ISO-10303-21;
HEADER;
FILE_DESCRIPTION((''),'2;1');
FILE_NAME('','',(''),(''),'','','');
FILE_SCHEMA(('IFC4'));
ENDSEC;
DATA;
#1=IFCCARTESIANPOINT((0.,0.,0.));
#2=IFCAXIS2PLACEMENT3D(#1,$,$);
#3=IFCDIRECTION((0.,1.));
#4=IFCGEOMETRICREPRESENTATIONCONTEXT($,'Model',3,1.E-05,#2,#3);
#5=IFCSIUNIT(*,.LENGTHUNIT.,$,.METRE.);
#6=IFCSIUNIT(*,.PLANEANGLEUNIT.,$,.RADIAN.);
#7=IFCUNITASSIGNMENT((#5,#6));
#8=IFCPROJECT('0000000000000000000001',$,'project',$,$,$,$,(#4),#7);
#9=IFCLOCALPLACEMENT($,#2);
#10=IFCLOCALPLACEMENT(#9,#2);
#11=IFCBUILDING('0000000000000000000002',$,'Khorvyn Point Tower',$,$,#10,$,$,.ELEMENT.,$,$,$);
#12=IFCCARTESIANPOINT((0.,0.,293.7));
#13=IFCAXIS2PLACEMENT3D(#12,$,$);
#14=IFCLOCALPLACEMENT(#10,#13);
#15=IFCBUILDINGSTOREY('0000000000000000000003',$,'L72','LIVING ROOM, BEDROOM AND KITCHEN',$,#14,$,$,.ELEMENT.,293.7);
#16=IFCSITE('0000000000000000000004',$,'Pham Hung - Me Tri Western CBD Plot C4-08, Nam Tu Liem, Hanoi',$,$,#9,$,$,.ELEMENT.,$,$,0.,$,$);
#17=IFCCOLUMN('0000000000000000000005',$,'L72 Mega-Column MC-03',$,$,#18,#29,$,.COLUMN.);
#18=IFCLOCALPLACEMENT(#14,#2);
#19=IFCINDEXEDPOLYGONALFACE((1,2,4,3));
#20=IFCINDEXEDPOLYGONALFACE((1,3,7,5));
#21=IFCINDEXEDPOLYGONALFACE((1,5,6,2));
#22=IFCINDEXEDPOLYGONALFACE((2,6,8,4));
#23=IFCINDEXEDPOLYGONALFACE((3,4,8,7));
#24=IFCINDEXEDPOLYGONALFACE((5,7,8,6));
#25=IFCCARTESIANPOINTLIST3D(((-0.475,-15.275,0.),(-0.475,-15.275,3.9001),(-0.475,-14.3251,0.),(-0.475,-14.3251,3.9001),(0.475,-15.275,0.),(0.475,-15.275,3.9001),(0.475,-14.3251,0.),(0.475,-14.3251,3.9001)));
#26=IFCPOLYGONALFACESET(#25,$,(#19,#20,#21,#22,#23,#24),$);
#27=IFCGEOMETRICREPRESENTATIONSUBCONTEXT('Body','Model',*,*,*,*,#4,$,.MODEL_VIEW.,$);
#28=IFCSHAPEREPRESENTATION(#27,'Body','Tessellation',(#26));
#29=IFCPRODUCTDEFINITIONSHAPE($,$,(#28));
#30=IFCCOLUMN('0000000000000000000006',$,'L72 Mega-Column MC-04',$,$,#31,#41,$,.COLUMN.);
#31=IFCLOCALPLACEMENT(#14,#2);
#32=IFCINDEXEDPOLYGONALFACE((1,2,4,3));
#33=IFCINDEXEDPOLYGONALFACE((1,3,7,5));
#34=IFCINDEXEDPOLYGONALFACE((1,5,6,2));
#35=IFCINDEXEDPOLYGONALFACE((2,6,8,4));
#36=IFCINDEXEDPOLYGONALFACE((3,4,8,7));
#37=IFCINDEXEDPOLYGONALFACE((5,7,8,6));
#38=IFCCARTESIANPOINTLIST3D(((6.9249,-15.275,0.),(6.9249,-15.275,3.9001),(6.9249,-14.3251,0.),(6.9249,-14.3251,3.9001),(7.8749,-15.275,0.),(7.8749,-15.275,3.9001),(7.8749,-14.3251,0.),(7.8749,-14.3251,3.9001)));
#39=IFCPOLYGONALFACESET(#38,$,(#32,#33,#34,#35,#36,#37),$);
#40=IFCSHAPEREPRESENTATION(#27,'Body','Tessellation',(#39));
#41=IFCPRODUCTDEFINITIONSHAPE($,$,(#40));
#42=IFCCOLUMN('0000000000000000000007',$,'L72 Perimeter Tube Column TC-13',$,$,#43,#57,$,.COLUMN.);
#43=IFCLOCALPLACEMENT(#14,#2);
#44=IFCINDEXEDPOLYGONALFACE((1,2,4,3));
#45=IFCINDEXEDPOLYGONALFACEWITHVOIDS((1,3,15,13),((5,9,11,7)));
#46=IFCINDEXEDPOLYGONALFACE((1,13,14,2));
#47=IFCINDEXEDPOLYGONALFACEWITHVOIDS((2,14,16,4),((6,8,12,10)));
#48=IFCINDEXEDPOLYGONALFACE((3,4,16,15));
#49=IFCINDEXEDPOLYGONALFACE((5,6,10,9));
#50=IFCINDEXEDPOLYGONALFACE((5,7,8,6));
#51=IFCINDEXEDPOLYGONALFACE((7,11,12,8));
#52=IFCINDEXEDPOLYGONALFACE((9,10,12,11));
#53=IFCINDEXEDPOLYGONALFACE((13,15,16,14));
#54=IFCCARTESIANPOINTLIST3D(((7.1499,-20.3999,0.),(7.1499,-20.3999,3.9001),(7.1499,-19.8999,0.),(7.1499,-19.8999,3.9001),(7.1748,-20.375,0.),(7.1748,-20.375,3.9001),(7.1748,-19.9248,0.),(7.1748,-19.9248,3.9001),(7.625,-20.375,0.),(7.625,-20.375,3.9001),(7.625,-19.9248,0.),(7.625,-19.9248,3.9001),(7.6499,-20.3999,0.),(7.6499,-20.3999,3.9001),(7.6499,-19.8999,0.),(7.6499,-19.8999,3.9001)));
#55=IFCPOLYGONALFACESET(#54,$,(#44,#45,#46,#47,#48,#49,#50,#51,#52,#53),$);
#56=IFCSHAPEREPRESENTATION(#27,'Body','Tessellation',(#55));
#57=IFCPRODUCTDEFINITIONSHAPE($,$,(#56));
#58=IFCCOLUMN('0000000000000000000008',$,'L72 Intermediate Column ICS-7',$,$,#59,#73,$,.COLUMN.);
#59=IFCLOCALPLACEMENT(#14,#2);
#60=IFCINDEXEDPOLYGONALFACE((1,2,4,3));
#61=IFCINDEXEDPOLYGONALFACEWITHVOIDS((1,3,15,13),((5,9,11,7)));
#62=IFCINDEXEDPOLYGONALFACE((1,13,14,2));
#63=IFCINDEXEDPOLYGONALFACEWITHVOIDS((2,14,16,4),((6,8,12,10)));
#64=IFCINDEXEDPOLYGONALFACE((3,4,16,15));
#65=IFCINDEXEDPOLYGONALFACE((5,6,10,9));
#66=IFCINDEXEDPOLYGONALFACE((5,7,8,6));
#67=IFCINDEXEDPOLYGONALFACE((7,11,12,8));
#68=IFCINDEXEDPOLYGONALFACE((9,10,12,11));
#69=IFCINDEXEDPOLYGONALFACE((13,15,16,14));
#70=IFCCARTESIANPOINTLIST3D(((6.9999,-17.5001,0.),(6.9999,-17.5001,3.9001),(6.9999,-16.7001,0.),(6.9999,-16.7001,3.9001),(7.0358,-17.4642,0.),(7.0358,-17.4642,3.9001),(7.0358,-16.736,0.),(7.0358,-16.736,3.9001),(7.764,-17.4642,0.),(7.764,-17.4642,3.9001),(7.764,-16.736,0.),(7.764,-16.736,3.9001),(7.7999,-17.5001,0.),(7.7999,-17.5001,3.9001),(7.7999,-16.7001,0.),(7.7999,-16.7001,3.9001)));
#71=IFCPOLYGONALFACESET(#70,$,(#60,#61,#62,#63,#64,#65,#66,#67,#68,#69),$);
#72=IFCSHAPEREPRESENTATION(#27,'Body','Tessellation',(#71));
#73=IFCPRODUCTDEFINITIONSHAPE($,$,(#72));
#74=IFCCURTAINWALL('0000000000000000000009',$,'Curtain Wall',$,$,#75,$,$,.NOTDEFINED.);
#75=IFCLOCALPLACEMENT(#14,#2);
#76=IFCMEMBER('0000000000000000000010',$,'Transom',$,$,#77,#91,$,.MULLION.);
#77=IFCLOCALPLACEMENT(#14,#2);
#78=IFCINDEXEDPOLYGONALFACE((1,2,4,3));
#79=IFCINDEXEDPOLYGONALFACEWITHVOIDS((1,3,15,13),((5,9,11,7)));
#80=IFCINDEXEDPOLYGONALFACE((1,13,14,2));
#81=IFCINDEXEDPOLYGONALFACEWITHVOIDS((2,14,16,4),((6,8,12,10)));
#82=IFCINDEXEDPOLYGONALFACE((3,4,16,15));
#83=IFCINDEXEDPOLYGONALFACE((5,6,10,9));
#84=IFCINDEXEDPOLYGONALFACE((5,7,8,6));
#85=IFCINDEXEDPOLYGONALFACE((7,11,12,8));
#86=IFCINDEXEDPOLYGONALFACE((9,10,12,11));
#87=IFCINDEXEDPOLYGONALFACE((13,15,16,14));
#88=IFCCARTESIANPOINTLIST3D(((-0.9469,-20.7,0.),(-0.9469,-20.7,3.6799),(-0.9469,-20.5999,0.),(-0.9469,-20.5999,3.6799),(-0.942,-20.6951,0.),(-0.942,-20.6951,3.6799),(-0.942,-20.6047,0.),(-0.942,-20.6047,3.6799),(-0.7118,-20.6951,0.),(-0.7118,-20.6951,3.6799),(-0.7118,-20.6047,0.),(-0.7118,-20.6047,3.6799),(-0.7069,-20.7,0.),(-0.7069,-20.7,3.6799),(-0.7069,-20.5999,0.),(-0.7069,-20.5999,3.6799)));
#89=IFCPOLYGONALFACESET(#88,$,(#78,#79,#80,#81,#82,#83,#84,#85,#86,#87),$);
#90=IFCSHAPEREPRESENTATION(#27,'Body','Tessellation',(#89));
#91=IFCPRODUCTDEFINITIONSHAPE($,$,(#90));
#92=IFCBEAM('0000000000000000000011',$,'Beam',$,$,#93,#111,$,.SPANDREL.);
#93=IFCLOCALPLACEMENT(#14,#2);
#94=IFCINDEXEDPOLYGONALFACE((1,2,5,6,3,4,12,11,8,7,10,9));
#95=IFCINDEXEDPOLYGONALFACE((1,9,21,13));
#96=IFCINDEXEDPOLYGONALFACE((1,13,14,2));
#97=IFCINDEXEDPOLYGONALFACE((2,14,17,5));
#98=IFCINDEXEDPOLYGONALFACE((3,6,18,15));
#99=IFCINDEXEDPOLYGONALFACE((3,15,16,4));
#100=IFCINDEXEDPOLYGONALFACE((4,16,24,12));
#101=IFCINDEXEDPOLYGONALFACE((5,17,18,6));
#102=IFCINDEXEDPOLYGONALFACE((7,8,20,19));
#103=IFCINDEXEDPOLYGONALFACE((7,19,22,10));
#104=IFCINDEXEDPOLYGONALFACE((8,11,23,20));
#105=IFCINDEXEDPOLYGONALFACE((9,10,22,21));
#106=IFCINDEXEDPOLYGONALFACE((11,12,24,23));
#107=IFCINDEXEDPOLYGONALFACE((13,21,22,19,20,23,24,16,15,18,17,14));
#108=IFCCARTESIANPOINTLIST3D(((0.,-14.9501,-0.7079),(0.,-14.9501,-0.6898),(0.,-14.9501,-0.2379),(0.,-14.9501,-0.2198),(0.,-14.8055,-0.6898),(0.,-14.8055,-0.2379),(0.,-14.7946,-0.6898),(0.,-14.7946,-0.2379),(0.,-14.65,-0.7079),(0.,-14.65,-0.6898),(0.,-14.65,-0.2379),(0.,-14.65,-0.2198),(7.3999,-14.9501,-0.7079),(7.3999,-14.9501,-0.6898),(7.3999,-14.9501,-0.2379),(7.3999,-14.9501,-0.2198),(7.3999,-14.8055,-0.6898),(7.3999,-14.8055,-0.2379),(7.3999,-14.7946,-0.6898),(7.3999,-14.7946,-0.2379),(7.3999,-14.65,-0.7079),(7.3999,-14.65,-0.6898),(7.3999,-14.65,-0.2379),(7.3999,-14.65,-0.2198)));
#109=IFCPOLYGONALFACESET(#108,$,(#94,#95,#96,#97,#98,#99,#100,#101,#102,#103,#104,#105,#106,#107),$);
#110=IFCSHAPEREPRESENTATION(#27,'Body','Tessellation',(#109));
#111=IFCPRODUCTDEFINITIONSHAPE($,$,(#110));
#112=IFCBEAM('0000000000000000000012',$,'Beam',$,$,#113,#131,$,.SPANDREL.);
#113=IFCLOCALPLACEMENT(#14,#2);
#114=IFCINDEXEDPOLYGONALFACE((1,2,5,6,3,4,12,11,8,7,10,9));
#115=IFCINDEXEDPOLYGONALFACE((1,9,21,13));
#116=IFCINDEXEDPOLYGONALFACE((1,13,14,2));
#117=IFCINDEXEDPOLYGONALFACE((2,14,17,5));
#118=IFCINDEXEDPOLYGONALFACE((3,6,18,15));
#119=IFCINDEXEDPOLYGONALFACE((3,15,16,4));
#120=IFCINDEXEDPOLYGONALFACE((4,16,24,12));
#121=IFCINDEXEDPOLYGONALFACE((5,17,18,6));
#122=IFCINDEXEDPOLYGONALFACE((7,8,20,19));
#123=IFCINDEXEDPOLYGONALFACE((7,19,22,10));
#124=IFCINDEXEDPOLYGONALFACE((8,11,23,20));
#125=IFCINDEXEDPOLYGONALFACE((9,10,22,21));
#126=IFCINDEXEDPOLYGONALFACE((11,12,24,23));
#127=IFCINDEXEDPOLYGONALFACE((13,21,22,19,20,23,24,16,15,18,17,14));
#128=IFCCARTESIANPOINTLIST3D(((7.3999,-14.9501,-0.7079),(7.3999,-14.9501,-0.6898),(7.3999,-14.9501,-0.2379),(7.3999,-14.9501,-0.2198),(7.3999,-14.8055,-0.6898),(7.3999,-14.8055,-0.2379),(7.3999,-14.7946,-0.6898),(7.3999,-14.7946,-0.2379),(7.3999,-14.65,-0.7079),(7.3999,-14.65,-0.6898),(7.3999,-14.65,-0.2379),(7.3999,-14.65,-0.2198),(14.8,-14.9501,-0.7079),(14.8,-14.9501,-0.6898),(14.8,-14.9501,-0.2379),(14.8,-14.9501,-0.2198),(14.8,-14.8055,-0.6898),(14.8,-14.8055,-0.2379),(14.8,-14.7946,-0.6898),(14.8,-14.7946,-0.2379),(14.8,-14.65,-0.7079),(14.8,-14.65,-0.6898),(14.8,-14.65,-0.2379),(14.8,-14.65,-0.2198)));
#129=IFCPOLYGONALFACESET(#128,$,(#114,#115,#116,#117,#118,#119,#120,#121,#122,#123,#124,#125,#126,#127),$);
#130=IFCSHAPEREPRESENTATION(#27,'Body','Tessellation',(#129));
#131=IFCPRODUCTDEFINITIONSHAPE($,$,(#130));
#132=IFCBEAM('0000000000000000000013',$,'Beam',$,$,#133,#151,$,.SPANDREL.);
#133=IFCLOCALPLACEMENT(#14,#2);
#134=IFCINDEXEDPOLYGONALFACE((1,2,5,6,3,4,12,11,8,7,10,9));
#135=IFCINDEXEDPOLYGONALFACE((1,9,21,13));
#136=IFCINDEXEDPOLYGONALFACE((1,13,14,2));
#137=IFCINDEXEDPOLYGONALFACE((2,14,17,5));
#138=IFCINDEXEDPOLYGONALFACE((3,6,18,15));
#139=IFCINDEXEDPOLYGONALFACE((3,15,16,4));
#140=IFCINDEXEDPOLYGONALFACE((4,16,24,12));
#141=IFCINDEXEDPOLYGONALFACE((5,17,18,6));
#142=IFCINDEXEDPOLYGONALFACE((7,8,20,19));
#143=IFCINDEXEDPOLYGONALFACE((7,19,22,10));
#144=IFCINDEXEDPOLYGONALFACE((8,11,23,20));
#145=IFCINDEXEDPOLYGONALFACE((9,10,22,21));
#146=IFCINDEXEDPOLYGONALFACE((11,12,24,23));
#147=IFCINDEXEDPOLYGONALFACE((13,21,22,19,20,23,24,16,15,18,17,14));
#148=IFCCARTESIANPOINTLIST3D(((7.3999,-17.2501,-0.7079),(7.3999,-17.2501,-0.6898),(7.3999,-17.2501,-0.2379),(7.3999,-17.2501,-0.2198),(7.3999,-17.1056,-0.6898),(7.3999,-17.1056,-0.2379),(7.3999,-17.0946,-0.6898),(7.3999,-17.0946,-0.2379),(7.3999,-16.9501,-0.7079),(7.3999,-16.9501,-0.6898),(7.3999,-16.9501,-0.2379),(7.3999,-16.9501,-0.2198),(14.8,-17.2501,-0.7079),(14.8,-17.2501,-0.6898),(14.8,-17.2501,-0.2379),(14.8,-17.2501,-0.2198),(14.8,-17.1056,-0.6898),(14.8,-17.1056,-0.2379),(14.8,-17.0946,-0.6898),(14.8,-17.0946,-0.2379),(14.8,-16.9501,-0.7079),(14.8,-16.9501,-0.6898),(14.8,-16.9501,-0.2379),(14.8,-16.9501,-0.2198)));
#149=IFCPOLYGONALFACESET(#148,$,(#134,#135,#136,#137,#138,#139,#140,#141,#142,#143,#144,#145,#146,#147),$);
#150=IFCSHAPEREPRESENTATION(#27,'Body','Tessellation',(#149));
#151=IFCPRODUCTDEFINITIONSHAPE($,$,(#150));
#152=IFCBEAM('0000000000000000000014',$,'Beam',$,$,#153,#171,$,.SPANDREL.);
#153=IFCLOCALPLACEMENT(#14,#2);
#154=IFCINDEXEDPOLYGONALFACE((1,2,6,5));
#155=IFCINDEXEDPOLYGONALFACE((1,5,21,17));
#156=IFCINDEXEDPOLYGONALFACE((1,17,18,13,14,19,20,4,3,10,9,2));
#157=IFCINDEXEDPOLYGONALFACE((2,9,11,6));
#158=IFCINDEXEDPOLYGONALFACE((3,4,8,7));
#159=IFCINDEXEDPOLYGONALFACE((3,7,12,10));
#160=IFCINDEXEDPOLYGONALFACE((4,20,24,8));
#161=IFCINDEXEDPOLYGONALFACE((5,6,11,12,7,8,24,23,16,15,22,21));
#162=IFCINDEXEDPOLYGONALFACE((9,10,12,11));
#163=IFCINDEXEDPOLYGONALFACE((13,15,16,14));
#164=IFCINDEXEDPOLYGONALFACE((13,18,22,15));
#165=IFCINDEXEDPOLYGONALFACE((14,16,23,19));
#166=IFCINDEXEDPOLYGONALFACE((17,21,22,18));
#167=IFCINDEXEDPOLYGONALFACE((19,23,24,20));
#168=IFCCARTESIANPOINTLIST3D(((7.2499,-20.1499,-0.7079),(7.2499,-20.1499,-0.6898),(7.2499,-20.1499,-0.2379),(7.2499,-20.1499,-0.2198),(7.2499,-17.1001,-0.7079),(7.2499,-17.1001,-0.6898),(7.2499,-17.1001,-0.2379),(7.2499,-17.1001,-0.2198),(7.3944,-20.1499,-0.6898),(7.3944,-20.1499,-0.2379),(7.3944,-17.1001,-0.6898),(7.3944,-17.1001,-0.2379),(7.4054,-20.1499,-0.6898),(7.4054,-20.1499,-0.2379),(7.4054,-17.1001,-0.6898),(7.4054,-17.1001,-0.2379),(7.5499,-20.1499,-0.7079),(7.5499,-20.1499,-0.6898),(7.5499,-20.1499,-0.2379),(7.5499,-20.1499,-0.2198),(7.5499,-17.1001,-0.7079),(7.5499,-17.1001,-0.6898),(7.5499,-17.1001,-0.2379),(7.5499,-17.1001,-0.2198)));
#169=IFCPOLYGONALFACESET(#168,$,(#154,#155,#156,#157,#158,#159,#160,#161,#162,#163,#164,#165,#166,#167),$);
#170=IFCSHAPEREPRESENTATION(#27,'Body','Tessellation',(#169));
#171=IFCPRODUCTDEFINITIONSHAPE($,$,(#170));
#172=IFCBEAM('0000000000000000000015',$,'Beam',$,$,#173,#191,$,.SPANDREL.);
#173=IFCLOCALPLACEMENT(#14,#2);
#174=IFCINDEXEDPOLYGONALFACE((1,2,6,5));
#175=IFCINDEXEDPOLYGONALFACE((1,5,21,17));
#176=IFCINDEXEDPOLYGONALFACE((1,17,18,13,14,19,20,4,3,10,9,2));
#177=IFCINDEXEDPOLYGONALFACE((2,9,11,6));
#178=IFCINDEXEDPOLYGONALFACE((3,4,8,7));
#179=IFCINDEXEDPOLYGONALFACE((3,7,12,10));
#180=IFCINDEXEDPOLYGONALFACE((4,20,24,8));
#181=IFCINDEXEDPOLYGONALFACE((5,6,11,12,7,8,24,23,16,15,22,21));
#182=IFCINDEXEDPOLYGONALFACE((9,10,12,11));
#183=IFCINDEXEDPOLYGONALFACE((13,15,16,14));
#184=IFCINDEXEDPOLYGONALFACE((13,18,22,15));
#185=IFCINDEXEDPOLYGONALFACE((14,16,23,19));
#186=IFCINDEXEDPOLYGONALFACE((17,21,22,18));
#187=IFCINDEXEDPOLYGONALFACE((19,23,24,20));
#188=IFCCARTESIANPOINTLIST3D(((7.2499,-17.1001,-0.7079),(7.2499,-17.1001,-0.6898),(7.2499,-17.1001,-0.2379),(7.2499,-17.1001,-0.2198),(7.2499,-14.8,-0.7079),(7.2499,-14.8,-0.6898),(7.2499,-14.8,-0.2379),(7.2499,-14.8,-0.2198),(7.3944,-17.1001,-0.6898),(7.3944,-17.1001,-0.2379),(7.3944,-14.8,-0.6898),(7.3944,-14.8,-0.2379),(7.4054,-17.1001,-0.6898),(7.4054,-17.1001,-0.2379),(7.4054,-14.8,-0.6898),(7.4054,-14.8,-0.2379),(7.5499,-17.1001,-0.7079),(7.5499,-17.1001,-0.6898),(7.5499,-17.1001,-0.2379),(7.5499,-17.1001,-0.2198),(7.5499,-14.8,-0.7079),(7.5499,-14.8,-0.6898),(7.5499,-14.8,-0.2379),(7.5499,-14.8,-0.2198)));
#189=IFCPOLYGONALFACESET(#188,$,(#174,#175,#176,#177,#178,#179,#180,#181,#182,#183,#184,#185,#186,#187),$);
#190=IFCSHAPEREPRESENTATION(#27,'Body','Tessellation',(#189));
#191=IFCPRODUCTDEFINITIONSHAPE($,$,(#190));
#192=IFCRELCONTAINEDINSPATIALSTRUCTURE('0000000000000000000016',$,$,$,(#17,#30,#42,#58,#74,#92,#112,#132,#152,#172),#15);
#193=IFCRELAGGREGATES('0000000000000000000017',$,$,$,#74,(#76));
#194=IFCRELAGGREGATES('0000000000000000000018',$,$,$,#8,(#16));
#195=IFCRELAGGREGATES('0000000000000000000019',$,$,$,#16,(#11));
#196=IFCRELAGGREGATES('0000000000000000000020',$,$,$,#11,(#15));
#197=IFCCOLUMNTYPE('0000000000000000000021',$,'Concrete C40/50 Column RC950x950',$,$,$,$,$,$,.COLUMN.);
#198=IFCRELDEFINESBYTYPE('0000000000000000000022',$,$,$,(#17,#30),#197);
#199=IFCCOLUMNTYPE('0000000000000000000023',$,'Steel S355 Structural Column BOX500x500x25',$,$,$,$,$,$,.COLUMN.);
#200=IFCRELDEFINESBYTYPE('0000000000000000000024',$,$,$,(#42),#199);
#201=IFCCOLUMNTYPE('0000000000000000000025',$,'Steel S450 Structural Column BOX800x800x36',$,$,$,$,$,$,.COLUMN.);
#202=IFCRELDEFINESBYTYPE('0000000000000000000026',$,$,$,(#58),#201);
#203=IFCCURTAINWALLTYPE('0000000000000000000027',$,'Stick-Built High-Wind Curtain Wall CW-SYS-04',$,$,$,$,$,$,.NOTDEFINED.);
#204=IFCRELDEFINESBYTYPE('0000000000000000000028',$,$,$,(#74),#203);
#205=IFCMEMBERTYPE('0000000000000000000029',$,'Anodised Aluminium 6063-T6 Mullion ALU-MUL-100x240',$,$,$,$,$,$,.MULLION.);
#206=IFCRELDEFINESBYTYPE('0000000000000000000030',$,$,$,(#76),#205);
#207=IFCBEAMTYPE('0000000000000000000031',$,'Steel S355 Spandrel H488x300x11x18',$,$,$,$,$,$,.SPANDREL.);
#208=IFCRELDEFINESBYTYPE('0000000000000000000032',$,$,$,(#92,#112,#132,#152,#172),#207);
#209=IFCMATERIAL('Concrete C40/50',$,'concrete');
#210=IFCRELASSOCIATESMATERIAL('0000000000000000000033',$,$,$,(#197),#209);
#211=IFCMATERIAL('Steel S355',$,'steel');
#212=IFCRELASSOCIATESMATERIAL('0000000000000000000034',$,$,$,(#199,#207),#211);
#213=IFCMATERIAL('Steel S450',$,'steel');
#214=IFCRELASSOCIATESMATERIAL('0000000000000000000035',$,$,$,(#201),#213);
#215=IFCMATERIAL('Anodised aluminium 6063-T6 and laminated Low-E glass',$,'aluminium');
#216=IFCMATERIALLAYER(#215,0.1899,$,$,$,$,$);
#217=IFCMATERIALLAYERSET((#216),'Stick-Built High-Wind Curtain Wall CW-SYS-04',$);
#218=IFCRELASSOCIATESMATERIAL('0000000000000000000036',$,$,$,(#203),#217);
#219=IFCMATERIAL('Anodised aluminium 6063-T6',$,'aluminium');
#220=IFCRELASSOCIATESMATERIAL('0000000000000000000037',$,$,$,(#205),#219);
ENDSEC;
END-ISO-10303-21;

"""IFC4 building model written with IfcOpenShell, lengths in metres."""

from ifc_helpers import new_model, si_unit, direction, frame, origin, origin_2d, place, context, subcontext, project, spatial, rectangle, hollow_rectangle, i_section, extrude, material, layer, layer_set, material_profile, profile_set, type_object, element, aggregate, save


model = new_model("IFC4")

# Units and contexts
model_context = context("Model", 3, precision=1e-05, world=origin(), true_north=direction((0.0, 1.0)))
body_context = subcontext(model_context, "Body", "Model", "MODEL_VIEW")
ifc_project = project(units=[si_unit("LENGTHUNIT", "METRE"), si_unit("PLANEANGLEUNIT", "RADIAN")], contexts=[model_context])

# Site, building, storey
site_placement = place(None, origin())
site = spatial("IfcSite", under=ifc_project, at=site_placement, Name="Pham Hung - Me Tri Western CBD Plot C4-08, Nam Tu Liem, Hanoi", CompositionType="ELEMENT", RefElevation=0.0)
building_placement = place(site_placement, origin())
building = spatial("IfcBuilding", under=site, at=building_placement, Name="Khorvyn Point Tower", CompositionType="ELEMENT")
storey_placement = place(building_placement, frame((0.0, 0.0, 293.7)))
storey = spatial("IfcBuildingStorey", under=building, at=storey_placement, Name="L72", Description="LIVING ROOM, BEDROOM AND KITCHEN", CompositionType="ELEMENT", Elevation=293.7)

# Columns
ifc_material_1 = material(Name="Concrete C40/50", Category="concrete")
ifc_material_profile_1 = material_profile(ifc_material_1, rectangle(XDim=0.95, YDim=0.95, at=origin_2d()))
ifc_profile_set_1 = profile_set([ifc_material_profile_1], Name="Concrete C40/50 RC950x950")
column_type_1 = type_object("IfcColumnType", Name="Concrete C40/50 Column RC950x950", PredefinedType="COLUMN", material=ifc_profile_set_1)
for number, where, z_axis, x_axis, name in (
    (1, (0.0, -14.8, 0.0), (0.0, 0.0, 1.0), (1.0, 0.0, 0.0), "L72 Mega-Column MC-03"),
    (2, (7.3999, -14.8, 0.0), (0.0, 0.0, 1.0), (1.0, 0.0, 0.0), "L72 Mega-Column MC-04"),
):
    element("IfcColumn", number, at=place(storey_placement, frame(where, z_axis=z_axis, x_axis=x_axis)), inside=storey, type_object=column_type_1, Name=name, PredefinedType="COLUMN", context=body_context, shape_type="SweptSolid", body=[
        extrude(rectangle(XDim=0.95, YDim=0.95, at=origin_2d()), origin(), (0.0, 0.0, 1.0), 3.9001),
    ])
ifc_material_2 = material(Name="Steel S355", Category="steel")
ifc_material_profile_2 = material_profile(ifc_material_2, hollow_rectangle(XDim=0.5, YDim=0.5, WallThickness=0.0249, at=origin_2d()))
ifc_profile_set_2 = profile_set([ifc_material_profile_2], Name="Steel S355 BOX500x500x25")
column_type_2 = type_object("IfcColumnType", Name="Steel S355 Structural Column BOX500x500x25", PredefinedType="COLUMN", material=ifc_profile_set_2)
column_1_placement = place(storey_placement, frame((7.3999, -20.1499, 0.0), z_axis=(0.0, 0.0, 1.0), x_axis=(1.0, 0.0, 0.0)))
element("IfcColumn", 3, at=column_1_placement, inside=storey, type_object=column_type_2, Name="L72 Perimeter Tube Column TC-13", PredefinedType="COLUMN", context=body_context, shape_type="SweptSolid", body=[
    extrude(hollow_rectangle(XDim=0.5, YDim=0.5, WallThickness=0.0249, at=origin_2d()), origin(), (0.0, 0.0, 1.0), 3.9001),
])
ifc_material_3 = material(Name="Steel S450", Category="steel")
ifc_material_profile_3 = material_profile(ifc_material_3, hollow_rectangle(XDim=0.8, YDim=0.8, WallThickness=0.0359, at=origin_2d()))
ifc_profile_set_3 = profile_set([ifc_material_profile_3], Name="Steel S450 BOX800x800x36")
column_type_3 = type_object("IfcColumnType", Name="Steel S450 Structural Column BOX800x800x36", PredefinedType="COLUMN", material=ifc_profile_set_3)
column_2_placement = place(storey_placement, frame((7.3999, -17.1001, 0.0), z_axis=(0.0, 0.0, 1.0), x_axis=(1.0, 0.0, 0.0)))
element("IfcColumn", 4, at=column_2_placement, inside=storey, type_object=column_type_3, Name="L72 Intermediate Column ICS-7", PredefinedType="COLUMN", context=body_context, shape_type="SweptSolid", body=[
    extrude(hollow_rectangle(XDim=0.8, YDim=0.8, WallThickness=0.0359, at=origin_2d()), origin(), (0.0, 0.0, 1.0), 3.9001),
])

# Curtain wall, member
ifc_material_4 = material(Name="Anodised aluminium 6063-T6 and laminated Low-E glass", Category="aluminium")
ifc_layer_1 = layer(ifc_material_4, 0.1899)
ifc_layer_set_1 = layer_set([ifc_layer_1], Name="Stick-Built High-Wind Curtain Wall CW-SYS-04")
curtain_wall_type = type_object("IfcCurtainWallType", Name="Stick-Built High-Wind Curtain Wall CW-SYS-04", PredefinedType="NOTDEFINED", material=ifc_layer_set_1)
curtain_wall_placement = place(storey_placement, origin())
curtain_wall = element("IfcCurtainWall", 5, at=curtain_wall_placement, inside=storey, type_object=curtain_wall_type, Name="Curtain Wall", PredefinedType="NOTDEFINED")
ifc_material_5 = material(Name="Anodised aluminium 6063-T6", Category="aluminium")
ifc_material_profile_4 = material_profile(ifc_material_5, hollow_rectangle(XDim=0.1001, YDim=0.24, WallThickness=0.0049, at=origin_2d()))
ifc_profile_set_4 = profile_set([ifc_material_profile_4], Name="Anodised aluminium 6063-T6 ALU-MUL-100x240")
member_type = type_object("IfcMemberType", Name="Anodised Aluminium 6063-T6 Mullion ALU-MUL-100x240", PredefinedType="MULLION", material=ifc_profile_set_4)
member_placement = place(storey_placement, frame((-0.8269, -20.6499, 0.0), z_axis=(0.0, 0.0, 1.0), x_axis=(0.0, -1.0, 0.0)))
member = element("IfcMember", 6, at=member_placement, type_object=member_type, Name="Transom", PredefinedType="MULLION", context=body_context, shape_type="SweptSolid", body=[
    extrude(hollow_rectangle(XDim=0.1001, YDim=0.24, WallThickness=0.0049, at=origin_2d()), origin(), (0.0, 0.0, 1.0), 3.6799),
])

# Beams
ifc_material_profile_5 = material_profile(ifc_material_2, i_section(OverallWidth=0.3, OverallDepth=0.488, WebThickness=0.011, FlangeThickness=0.0181, at=origin_2d()))
ifc_profile_set_5 = profile_set([ifc_material_profile_5], Name="Steel S355 H488x300x11x18")
beam_type_1 = type_object("IfcBeamType", Name="Steel S355 Spandrel H488x300x11x18", PredefinedType="SPANDREL", material=ifc_profile_set_5)
beam_1_placement = place(storey_placement, frame((0.0, -14.8, -0.4639), z_axis=(1.0, 0.0, 0.0), x_axis=(0.0, 1.0, 0.0)))
element("IfcBeam", 7, at=beam_1_placement, inside=storey, type_object=beam_type_1, Name="Beam", PredefinedType="SPANDREL", context=body_context, shape_type="SweptSolid", body=[
    extrude(i_section(OverallWidth=0.3, OverallDepth=0.488, WebThickness=0.011, FlangeThickness=0.0181, at=origin_2d()), origin(), (0.0, 0.0, 1.0), 7.3999),
])
for number, where, z_axis, x_axis, name in (
    (8, (7.3999, -14.8, -0.4639), (1.0, 0.0, 0.0), (0.0, 1.0, 0.0), "Beam"),
    (9, (7.3999, -17.1001, -0.4639), (1.0, 0.0, 0.0), (0.0, 1.0, 0.0), "Beam"),
):
    element("IfcBeam", number, at=place(storey_placement, frame(where, z_axis=z_axis, x_axis=x_axis)), inside=storey, type_object=beam_type_1, Name=name, PredefinedType="SPANDREL", context=body_context, shape_type="SweptSolid", body=[
        extrude(i_section(OverallWidth=0.3, OverallDepth=0.488, WebThickness=0.011, FlangeThickness=0.0181, at=origin_2d()), origin(), (0.0, 0.0, 1.0), 7.4001),
    ])
beam_2_placement = place(storey_placement, frame((7.3999, -20.1499, -0.4639), z_axis=(0.0, 1.0, 0.0), x_axis=(-1.0, 0.0, 0.0)))
element("IfcBeam", 10, at=beam_2_placement, inside=storey, type_object=beam_type_1, Name="Beam", PredefinedType="SPANDREL", context=body_context, shape_type="SweptSolid", body=[
    extrude(i_section(OverallWidth=0.3, OverallDepth=0.488, WebThickness=0.011, FlangeThickness=0.0181, at=origin_2d()), origin(), (0.0, 0.0, 1.0), 3.0498),
])
beam_3_placement = place(storey_placement, frame((7.3999, -17.1001, -0.4639), z_axis=(0.0, 1.0, 0.0), x_axis=(-1.0, 0.0, 0.0)))
element("IfcBeam", 11, at=beam_3_placement, inside=storey, type_object=beam_type_1, Name="Beam", PredefinedType="SPANDREL", context=body_context, shape_type="SweptSolid", body=[
    extrude(i_section(OverallWidth=0.3, OverallDepth=0.488, WebThickness=0.011, FlangeThickness=0.0181, at=origin_2d()), origin(), (0.0, 0.0, 1.0), 2.3),
])

aggregate(curtain_wall, [member])

save(model, "model.ifc")
